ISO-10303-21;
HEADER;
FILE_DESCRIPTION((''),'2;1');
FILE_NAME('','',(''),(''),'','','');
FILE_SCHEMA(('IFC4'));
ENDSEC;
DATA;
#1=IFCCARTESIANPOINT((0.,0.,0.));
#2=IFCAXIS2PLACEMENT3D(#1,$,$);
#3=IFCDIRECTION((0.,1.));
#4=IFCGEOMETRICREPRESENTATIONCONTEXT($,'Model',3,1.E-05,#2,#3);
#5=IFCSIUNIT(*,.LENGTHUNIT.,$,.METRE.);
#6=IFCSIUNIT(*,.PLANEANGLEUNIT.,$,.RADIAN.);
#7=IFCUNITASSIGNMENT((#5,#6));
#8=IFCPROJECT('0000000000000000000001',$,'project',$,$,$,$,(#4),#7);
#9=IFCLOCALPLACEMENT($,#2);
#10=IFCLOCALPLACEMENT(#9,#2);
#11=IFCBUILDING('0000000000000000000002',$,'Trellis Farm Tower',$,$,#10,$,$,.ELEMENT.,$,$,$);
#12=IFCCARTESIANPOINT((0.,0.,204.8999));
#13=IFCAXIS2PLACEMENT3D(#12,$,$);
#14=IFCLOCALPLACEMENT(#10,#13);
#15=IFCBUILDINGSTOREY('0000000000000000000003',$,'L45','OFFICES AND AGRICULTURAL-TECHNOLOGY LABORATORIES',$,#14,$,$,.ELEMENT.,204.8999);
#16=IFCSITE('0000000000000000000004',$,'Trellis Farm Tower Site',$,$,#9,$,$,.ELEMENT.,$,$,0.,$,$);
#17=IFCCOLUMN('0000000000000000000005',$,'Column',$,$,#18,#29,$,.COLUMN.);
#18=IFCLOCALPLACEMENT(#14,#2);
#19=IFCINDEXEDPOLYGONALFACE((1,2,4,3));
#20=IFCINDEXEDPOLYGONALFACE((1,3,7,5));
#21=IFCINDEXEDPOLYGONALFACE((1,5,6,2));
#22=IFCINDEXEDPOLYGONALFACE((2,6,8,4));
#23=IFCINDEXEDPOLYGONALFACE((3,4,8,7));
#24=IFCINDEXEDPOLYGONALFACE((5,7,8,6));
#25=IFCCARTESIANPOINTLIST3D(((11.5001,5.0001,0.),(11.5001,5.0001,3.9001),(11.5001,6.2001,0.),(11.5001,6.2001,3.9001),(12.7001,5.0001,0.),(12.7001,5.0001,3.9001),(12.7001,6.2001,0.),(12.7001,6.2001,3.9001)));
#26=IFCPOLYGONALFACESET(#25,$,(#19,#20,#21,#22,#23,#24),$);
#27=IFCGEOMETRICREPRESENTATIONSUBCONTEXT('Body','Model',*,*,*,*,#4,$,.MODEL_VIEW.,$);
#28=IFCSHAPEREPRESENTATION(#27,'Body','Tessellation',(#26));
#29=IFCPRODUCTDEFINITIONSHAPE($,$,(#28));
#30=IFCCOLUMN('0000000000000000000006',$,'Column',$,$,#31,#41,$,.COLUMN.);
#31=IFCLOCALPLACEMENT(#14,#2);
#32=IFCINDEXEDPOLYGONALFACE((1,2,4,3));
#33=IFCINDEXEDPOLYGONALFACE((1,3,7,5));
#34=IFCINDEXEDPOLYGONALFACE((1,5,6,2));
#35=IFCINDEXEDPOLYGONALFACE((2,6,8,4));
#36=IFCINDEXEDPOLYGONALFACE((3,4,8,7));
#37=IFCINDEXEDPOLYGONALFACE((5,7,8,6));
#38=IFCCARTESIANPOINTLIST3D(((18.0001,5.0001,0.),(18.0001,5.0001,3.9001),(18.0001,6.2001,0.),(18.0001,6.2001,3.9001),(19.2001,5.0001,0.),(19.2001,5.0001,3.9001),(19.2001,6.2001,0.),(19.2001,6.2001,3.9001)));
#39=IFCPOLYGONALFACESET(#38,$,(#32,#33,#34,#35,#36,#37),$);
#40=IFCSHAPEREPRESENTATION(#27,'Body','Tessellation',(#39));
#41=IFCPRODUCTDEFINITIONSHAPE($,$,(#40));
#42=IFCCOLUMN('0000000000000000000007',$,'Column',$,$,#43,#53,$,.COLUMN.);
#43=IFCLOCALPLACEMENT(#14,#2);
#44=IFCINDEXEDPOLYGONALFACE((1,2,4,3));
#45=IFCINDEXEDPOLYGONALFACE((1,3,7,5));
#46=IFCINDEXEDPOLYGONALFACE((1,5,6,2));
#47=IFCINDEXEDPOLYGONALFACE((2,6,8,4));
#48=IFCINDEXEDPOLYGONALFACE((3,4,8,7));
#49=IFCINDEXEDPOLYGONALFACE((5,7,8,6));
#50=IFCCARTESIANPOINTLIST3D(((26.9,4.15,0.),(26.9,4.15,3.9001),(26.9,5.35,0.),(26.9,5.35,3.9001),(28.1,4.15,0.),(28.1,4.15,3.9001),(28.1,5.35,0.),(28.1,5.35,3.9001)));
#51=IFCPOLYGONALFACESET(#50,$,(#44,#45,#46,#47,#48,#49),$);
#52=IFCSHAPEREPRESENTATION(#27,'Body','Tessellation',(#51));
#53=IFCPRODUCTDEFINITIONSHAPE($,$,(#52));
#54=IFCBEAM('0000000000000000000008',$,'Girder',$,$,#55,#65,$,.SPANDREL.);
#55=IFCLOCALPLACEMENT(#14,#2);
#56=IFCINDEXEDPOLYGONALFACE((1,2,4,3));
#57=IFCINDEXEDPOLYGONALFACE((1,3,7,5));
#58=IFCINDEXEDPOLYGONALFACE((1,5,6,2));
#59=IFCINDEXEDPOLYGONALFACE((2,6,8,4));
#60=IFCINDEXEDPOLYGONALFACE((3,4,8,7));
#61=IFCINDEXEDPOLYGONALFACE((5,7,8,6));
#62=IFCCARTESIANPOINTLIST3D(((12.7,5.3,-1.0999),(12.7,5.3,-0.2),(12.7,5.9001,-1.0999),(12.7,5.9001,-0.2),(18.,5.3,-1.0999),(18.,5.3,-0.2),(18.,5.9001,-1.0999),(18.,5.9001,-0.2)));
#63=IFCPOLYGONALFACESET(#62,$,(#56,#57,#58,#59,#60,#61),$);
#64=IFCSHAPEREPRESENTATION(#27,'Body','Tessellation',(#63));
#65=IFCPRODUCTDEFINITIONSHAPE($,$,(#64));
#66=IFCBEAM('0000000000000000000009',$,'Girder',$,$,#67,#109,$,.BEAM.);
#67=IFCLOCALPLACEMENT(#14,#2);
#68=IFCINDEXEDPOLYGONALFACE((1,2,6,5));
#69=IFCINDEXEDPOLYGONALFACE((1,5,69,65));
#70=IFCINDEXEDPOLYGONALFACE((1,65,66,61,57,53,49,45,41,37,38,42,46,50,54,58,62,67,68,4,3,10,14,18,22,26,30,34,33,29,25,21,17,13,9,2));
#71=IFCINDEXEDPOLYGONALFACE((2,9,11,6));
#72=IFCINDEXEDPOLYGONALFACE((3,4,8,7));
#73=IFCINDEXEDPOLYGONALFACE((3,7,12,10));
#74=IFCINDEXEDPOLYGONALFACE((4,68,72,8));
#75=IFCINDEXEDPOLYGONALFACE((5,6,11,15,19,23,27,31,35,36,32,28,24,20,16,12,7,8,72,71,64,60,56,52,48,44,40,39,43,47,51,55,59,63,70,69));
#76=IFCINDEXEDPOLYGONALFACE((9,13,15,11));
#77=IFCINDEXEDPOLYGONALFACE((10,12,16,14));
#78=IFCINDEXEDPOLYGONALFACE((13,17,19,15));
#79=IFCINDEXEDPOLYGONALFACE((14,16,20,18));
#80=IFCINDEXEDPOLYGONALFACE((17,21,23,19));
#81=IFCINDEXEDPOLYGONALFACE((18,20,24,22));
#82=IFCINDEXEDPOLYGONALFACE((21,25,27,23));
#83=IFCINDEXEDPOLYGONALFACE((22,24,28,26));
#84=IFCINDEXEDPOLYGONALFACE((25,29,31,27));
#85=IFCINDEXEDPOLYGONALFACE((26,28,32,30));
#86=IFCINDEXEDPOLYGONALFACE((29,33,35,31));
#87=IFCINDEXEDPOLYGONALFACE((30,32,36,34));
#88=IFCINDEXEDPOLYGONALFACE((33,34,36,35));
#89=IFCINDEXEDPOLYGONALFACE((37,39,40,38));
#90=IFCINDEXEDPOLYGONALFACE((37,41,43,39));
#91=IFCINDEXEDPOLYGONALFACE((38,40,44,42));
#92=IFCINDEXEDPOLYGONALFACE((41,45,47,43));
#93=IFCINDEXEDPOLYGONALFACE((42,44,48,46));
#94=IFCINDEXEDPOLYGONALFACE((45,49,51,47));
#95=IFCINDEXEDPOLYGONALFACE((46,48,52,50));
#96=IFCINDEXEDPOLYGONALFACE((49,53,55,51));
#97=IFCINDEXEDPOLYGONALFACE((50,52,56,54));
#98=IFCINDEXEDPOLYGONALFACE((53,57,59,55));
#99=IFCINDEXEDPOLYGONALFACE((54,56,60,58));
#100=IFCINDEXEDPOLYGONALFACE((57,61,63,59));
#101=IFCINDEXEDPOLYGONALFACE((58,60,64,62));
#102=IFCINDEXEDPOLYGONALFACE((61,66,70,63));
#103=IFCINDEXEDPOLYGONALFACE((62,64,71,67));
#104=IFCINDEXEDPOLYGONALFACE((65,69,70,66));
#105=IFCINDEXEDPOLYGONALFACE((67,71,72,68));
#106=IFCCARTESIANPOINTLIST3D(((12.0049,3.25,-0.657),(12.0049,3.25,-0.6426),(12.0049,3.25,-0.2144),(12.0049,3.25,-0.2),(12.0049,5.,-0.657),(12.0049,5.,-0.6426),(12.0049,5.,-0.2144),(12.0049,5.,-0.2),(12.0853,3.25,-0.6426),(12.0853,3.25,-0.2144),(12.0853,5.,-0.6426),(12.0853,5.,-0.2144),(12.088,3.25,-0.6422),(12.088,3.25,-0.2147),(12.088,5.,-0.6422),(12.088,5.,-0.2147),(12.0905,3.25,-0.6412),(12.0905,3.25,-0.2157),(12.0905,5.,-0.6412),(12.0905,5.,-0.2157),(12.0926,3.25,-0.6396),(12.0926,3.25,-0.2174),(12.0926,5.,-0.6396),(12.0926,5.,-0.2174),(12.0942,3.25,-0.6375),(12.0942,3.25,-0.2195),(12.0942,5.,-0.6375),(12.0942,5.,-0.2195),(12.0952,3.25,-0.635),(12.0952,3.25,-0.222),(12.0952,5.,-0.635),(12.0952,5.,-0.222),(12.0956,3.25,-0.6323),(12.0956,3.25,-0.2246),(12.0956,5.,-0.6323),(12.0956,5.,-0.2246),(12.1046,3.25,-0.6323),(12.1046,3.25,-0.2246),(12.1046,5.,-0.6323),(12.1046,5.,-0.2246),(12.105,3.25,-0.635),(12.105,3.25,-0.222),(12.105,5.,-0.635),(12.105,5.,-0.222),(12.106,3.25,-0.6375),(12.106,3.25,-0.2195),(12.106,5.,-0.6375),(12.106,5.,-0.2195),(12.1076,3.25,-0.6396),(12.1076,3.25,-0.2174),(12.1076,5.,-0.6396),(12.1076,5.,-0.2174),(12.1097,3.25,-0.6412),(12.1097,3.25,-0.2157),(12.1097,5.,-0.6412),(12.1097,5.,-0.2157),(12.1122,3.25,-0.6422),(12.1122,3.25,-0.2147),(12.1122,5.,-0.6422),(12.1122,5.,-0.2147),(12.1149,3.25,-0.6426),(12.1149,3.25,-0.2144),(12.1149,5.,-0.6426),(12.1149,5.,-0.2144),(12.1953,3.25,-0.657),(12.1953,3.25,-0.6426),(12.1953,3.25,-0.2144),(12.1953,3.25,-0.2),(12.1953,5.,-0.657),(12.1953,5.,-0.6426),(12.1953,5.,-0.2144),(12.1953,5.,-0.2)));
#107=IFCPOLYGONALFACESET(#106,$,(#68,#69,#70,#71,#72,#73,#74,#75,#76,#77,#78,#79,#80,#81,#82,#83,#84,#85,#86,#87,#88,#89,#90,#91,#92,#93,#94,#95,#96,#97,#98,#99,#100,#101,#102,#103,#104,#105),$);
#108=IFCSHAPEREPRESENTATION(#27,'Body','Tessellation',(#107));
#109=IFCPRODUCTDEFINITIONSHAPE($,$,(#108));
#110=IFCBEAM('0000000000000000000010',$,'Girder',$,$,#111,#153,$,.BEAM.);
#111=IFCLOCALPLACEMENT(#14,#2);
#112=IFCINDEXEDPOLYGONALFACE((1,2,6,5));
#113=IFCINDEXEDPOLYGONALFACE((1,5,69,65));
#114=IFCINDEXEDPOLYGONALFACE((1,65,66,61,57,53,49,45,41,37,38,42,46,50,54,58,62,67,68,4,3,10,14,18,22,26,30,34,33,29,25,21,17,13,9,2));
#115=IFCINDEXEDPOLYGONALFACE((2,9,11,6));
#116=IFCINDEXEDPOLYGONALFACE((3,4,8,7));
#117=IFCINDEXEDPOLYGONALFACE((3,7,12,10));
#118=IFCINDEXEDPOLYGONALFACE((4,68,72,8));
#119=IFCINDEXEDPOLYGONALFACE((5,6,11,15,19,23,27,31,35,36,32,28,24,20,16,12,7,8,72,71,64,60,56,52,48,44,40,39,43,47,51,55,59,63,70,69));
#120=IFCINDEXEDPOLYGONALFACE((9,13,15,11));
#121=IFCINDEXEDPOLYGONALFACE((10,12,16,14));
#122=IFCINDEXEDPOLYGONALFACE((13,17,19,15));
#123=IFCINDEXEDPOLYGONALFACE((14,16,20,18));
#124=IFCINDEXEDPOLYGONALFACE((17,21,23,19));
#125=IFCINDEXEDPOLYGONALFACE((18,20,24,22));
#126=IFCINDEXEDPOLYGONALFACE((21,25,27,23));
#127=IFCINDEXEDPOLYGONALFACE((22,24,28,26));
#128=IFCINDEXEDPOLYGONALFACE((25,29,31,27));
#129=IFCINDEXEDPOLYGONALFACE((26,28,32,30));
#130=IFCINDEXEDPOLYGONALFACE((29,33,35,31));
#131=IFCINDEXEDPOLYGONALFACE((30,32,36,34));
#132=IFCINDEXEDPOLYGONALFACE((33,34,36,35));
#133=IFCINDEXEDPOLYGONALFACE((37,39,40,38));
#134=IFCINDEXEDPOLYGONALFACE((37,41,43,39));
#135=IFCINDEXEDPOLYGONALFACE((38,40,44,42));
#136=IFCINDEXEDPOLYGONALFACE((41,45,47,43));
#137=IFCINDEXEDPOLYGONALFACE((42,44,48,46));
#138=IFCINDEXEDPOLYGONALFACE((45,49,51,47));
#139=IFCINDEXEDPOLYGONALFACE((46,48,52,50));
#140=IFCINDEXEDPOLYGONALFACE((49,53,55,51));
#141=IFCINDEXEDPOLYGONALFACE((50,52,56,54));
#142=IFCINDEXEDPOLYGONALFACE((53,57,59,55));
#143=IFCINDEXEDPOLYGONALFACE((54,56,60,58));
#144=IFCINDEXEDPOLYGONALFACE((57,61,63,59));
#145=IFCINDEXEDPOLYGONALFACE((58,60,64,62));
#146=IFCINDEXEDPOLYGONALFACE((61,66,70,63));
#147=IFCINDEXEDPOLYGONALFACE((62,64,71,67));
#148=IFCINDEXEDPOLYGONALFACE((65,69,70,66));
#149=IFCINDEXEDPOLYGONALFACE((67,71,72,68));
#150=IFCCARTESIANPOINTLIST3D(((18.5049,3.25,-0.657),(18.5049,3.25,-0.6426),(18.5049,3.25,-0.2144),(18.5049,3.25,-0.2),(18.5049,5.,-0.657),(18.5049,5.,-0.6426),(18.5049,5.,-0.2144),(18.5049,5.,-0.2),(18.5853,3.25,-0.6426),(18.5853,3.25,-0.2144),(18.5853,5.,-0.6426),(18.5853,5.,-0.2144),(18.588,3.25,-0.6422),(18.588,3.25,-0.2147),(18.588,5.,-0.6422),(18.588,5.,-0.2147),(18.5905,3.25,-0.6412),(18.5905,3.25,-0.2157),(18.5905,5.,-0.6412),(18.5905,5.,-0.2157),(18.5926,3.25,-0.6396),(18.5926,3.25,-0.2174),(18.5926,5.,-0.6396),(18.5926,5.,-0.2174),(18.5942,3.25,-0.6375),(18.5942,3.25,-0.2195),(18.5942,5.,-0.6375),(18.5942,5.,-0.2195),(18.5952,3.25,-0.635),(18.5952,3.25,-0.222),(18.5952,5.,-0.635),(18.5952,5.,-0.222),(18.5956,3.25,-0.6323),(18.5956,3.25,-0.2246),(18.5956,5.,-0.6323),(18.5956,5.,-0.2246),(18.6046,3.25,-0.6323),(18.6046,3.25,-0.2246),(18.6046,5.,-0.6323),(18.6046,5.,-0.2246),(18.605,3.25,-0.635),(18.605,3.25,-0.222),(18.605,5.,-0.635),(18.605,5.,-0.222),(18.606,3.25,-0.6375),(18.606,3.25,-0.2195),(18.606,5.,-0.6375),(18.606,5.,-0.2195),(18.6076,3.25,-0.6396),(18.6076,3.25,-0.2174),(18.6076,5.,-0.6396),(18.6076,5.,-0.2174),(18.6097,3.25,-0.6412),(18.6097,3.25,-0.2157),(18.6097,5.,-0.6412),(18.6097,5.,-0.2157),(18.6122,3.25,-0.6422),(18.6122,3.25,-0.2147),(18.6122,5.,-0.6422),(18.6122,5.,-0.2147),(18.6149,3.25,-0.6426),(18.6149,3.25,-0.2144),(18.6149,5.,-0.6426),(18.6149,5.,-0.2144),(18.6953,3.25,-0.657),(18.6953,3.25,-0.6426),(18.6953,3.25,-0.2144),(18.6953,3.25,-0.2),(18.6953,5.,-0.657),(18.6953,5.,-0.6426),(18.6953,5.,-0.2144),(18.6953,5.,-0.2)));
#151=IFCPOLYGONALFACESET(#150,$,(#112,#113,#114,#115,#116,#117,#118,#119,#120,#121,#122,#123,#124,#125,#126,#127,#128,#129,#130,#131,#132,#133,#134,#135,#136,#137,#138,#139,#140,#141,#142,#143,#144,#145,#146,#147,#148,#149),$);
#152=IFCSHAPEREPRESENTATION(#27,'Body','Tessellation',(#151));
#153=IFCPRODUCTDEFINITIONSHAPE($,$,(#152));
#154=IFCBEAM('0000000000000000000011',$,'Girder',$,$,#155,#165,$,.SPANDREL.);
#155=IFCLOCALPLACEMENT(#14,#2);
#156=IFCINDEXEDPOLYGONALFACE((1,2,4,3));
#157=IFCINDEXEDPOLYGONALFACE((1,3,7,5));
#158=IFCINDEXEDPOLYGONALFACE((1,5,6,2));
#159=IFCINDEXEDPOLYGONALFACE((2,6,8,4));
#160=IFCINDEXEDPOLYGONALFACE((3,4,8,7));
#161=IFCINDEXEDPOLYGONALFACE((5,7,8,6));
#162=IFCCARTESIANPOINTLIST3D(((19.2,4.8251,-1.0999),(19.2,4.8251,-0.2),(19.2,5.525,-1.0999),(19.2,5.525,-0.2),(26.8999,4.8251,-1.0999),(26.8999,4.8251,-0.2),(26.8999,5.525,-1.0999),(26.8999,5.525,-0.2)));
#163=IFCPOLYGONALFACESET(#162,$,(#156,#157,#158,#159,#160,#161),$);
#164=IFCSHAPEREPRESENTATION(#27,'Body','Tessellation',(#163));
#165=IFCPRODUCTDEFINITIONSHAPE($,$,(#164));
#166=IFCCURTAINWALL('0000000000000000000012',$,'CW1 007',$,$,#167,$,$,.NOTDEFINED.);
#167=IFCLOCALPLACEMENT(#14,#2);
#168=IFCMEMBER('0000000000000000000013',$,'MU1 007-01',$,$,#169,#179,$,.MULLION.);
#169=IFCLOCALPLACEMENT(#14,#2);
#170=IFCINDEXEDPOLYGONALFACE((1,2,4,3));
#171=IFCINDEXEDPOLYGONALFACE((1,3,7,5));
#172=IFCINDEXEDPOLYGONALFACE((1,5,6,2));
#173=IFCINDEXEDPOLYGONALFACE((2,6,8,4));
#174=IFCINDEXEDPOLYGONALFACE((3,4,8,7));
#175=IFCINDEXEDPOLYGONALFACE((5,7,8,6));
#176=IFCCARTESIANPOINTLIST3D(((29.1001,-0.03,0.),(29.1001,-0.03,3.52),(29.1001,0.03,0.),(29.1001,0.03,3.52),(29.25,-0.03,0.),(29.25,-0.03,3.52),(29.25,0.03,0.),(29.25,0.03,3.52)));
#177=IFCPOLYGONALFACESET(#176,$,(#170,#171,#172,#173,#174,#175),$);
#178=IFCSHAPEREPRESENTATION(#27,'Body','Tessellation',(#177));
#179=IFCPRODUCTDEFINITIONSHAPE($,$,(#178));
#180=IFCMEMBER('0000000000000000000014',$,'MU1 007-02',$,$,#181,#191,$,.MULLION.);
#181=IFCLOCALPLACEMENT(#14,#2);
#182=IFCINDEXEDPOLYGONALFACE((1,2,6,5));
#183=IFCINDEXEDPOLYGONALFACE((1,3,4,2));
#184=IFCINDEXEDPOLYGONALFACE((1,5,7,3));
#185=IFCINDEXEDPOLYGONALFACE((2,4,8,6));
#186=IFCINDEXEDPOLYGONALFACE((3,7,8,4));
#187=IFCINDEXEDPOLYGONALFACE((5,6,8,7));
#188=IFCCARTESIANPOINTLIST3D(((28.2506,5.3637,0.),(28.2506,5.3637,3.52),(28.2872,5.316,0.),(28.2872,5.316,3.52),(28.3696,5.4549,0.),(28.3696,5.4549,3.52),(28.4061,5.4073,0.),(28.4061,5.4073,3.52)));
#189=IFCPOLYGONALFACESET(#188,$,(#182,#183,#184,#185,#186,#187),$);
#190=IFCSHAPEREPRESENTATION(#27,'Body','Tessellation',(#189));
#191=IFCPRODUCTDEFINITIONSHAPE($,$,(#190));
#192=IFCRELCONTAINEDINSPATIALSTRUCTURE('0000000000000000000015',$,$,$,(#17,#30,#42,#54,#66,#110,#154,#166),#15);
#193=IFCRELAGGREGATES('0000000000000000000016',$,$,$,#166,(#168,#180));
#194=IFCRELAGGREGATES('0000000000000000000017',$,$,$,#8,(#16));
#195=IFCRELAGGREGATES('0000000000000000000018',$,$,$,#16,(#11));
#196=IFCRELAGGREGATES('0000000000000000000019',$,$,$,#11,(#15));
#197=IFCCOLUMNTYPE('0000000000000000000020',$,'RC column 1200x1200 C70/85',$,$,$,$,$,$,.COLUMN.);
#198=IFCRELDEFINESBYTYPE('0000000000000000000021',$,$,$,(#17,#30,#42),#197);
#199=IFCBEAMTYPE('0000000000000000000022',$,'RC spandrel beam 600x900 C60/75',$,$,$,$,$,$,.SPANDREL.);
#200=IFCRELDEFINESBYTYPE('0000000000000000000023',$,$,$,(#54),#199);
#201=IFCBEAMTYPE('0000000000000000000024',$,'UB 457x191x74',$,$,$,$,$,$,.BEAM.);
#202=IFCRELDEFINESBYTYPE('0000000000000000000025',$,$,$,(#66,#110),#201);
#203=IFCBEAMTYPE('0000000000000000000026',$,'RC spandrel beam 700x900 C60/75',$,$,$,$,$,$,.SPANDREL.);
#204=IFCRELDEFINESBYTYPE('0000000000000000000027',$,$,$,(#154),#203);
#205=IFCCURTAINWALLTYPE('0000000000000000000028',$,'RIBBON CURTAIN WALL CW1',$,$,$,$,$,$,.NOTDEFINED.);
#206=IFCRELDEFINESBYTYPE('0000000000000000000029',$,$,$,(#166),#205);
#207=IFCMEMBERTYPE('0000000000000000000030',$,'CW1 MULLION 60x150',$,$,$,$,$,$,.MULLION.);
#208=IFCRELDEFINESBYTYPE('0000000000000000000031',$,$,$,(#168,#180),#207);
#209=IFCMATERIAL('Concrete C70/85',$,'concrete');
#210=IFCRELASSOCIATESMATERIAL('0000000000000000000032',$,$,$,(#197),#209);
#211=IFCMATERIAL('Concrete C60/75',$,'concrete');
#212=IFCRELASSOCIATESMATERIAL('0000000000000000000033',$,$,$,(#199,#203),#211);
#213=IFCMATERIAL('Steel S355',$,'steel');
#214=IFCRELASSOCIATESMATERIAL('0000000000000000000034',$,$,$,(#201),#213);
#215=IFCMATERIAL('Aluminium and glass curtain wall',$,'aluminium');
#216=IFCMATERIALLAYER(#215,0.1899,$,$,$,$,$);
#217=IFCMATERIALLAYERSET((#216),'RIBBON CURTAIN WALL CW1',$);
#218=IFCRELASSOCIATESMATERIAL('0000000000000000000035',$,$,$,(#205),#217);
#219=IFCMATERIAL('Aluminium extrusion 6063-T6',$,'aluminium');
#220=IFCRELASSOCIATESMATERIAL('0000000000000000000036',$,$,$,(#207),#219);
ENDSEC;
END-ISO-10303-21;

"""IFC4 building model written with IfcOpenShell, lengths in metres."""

from ifc_helpers import new_model, si_unit, direction, frame, origin, origin_2d, place, context, subcontext, project, spatial, rectangle, i_section, extrude, source, transform, mapped, material, layer, layer_set, material_profile, profile_set, type_object, element, aggregate, save


model = new_model("IFC4")

# Units and contexts
model_context = context("Model", 3, precision=1e-05, world=origin(), true_north=direction((0.0, 1.0)))
body_context = subcontext(model_context, "Body", "Model", "MODEL_VIEW")
ifc_project = project(units=[si_unit("LENGTHUNIT", "METRE"), si_unit("PLANEANGLEUNIT", "RADIAN")], contexts=[model_context])

# Site, building, storey
site_placement = place(None, origin())
site = spatial("IfcSite", under=ifc_project, at=site_placement, Name="Trellis Farm Tower Site", CompositionType="ELEMENT", RefElevation=0.0)
building_placement = place(site_placement, origin())
building = spatial("IfcBuilding", under=site, at=building_placement, Name="Trellis Farm Tower", CompositionType="ELEMENT")
storey_placement = place(building_placement, frame((0.0, 0.0, 204.8999)))
storey = spatial("IfcBuildingStorey", under=building, at=storey_placement, Name="L45", Description="OFFICES AND AGRICULTURAL-TECHNOLOGY LABORATORIES", CompositionType="ELEMENT", Elevation=204.8999)

# Columns
ifc_material_1 = material(Name="Concrete C70/85", Category="concrete")
ifc_material_profile_1 = material_profile(ifc_material_1, rectangle(XDim=1.2, YDim=1.2, at=origin_2d()), Name="RC column 1200x1200 C70/85")
ifc_profile_set_1 = profile_set([ifc_material_profile_1], Name="Concrete C70/85")
column_type = type_object("IfcColumnType", Name="RC column 1200x1200 C70/85", PredefinedType="COLUMN", material=ifc_profile_set_1)
shared_shape_1 = source(origin(), body_context, "Body", "SweptSolid", [
    extrude(rectangle(XDim=1.2, YDim=1.2, at=origin_2d()), origin(), (0.0, 0.0, 1.0), 3.9001),
])
for number, where, z_axis, x_axis, name in (
    (1, (12.1001, 5.6001, 0.0), (0.0, 0.0, 1.0), (1.0, 0.0, 0.0), "Column"),
    (2, (18.6001, 5.6001, 0.0), (0.0, 0.0, 1.0), (1.0, 0.0, 0.0), "Column"),
    (3, (27.5, 4.75, 0.0), (0.0, 0.0, 1.0), (1.0, 0.0, 0.0), "Column"),
):
    element("IfcColumn", number, at=place(storey_placement, frame(where, z_axis=z_axis, x_axis=x_axis)), inside=storey, type_object=column_type, Name=name, PredefinedType="COLUMN", context=body_context, shape_type="MappedRepresentation", body=[
        mapped(shared_shape_1, transform((0.0, 0.0, 0.0))),
    ])

# Beams
ifc_material_2 = material(Name="Concrete C60/75", Category="concrete")
ifc_material_profile_2 = material_profile(ifc_material_2, rectangle(XDim=0.6001, YDim=0.8999, at=origin_2d()), Name="RC spandrel beam 600x900 C60/75")
ifc_profile_set_2 = profile_set([ifc_material_profile_2], Name="Concrete C60/75")
beam_type_1 = type_object("IfcBeamType", Name="RC spandrel beam 600x900 C60/75", PredefinedType="SPANDREL", material=ifc_profile_set_2)
shared_shape_2 = source(origin(), body_context, "Body", "SweptSolid", [
    extrude(rectangle(XDim=0.6001, YDim=0.8999, at=origin_2d()), origin(), (0.0, 0.0, 1.0), 5.3),
])
beam_1_placement = place(storey_placement, frame((12.7, 5.6001, -0.6499), z_axis=(1.0, 0.0, 0.0), x_axis=(0.0, 1.0, 0.0)))
element("IfcBeam", 4, at=beam_1_placement, inside=storey, type_object=beam_type_1, Name="Girder", PredefinedType="SPANDREL", context=body_context, shape_type="MappedRepresentation", body=[
    mapped(shared_shape_2, transform((0.0, 0.0, 0.0))),
])
ifc_material_3 = material(Name="Steel S355", Category="steel")
ifc_material_profile_3 = material_profile(ifc_material_3, i_section(OverallWidth=0.1904, OverallDepth=0.457, WebThickness=0.009, FlangeThickness=0.0144, FilletRadius=0.0103, at=origin_2d()), Name="UB 457x191x74")
ifc_profile_set_3 = profile_set([ifc_material_profile_3], Name="Steel S355")
beam_type_2 = type_object("IfcBeamType", Name="UB 457x191x74", PredefinedType="BEAM", material=ifc_profile_set_3)
shared_shape_3 = source(origin(), body_context, "Body", "SweptSolid", [
    extrude(i_section(OverallWidth=0.1904, OverallDepth=0.457, WebThickness=0.009, FlangeThickness=0.0144, FilletRadius=0.0103, at=origin_2d()), origin(), (0.0, 0.0, 1.0), 1.75),
])
for number, where, z_axis, x_axis, name in (
    (5, (12.1001, 3.25, -0.4285), (0.0, 1.0, 0.0), (-1.0, 0.0, 0.0), "Girder"),
    (6, (18.6001, 3.25, -0.4285), (0.0, 1.0, 0.0), (-1.0, 0.0, 0.0), "Girder"),
):
    element("IfcBeam", number, at=place(storey_placement, frame(where, z_axis=z_axis, x_axis=x_axis)), inside=storey, type_object=beam_type_2, Name=name, PredefinedType="BEAM", context=body_context, shape_type="MappedRepresentation", body=[
        mapped(shared_shape_3, transform((0.0, 0.0, 0.0))),
    ])
ifc_material_profile_4 = material_profile(ifc_material_2, rectangle(XDim=0.7, YDim=0.8999, at=origin_2d()), Name="RC spandrel beam 700x900 C60/75")
ifc_profile_set_4 = profile_set([ifc_material_profile_4], Name="Concrete C60/75")
beam_type_3 = type_object("IfcBeamType", Name="RC spandrel beam 700x900 C60/75", PredefinedType="SPANDREL", material=ifc_profile_set_4)
shared_shape_4 = source(origin(), body_context, "Body", "SweptSolid", [
    extrude(rectangle(XDim=0.7, YDim=0.8999, at=origin_2d()), origin(), (0.0, 0.0, 1.0), 7.7),
])
beam_2_placement = place(storey_placement, frame((19.2, 5.175, -0.6499), z_axis=(1.0, 0.0, 0.0), x_axis=(0.0, 1.0, 0.0)))
element("IfcBeam", 7, at=beam_2_placement, inside=storey, type_object=beam_type_3, Name="Girder", PredefinedType="SPANDREL", context=body_context, shape_type="MappedRepresentation", body=[
    mapped(shared_shape_4, transform((0.0, 0.0, 0.0))),
])

# Curtain wall, members
ifc_material_4 = material(Name="Aluminium and glass curtain wall", Category="aluminium")
ifc_layer_1 = layer(ifc_material_4, 0.1899)
ifc_layer_set_1 = layer_set([ifc_layer_1], Name="RIBBON CURTAIN WALL CW1")
curtain_wall_type = type_object("IfcCurtainWallType", Name="RIBBON CURTAIN WALL CW1", PredefinedType="NOTDEFINED", material=ifc_layer_set_1)
placement = place(storey_placement, origin())
curtain_wall_1 = element("IfcCurtainWall", 8, at=placement, inside=storey, type_object=curtain_wall_type, Name="CW1 007", PredefinedType="NOTDEFINED")
ifc_material_5 = material(Name="Aluminium extrusion 6063-T6", Category="aluminium")
ifc_material_profile_5 = material_profile(ifc_material_5, rectangle(XDim=0.0601, YDim=0.1499, at=origin_2d()), Name="MULLION 60x150")
ifc_profile_set_5 = profile_set([ifc_material_profile_5], Name="Aluminium extrusion 6063-T6")
member_type = type_object("IfcMemberType", Name="CW1 MULLION 60x150", PredefinedType="MULLION", material=ifc_profile_set_5)
shared_shape_5 = source(origin(), body_context, "Body", "SweptSolid", [
    extrude(rectangle(XDim=0.0601, YDim=0.1499, at=origin_2d()), origin(), (0.0, 0.0, 1.0), 3.52),
])
member_1_placement = place(storey_placement, frame((29.175, 0.0, 0.0), z_axis=(0.0, 0.0, 1.0), x_axis=(0.0, 1.0, 0.0)))
member_1 = element("IfcMember", 9, at=member_1_placement, type_object=member_type, Name="MU1 007-01", PredefinedType="MULLION", context=body_context, shape_type="MappedRepresentation", body=[
    mapped(shared_shape_5, transform((0.0, 0.0, 0.0))),
])
member_2_placement = place(storey_placement, frame((28.3284, 5.3855, 0.0), z_axis=(0.0, 0.0, 1.0), x_axis=(-0.608761, 0.793353, 0.0)))
member_2 = element("IfcMember", 10, at=member_2_placement, type_object=member_type, Name="MU1 007-02", PredefinedType="MULLION", context=body_context, shape_type="MappedRepresentation", body=[
    mapped(shared_shape_5, transform((0.0, 0.0, 0.0))),
])
aggregate(curtain_wall_1, [member_1, member_2])

save(model, "model.ifc")
